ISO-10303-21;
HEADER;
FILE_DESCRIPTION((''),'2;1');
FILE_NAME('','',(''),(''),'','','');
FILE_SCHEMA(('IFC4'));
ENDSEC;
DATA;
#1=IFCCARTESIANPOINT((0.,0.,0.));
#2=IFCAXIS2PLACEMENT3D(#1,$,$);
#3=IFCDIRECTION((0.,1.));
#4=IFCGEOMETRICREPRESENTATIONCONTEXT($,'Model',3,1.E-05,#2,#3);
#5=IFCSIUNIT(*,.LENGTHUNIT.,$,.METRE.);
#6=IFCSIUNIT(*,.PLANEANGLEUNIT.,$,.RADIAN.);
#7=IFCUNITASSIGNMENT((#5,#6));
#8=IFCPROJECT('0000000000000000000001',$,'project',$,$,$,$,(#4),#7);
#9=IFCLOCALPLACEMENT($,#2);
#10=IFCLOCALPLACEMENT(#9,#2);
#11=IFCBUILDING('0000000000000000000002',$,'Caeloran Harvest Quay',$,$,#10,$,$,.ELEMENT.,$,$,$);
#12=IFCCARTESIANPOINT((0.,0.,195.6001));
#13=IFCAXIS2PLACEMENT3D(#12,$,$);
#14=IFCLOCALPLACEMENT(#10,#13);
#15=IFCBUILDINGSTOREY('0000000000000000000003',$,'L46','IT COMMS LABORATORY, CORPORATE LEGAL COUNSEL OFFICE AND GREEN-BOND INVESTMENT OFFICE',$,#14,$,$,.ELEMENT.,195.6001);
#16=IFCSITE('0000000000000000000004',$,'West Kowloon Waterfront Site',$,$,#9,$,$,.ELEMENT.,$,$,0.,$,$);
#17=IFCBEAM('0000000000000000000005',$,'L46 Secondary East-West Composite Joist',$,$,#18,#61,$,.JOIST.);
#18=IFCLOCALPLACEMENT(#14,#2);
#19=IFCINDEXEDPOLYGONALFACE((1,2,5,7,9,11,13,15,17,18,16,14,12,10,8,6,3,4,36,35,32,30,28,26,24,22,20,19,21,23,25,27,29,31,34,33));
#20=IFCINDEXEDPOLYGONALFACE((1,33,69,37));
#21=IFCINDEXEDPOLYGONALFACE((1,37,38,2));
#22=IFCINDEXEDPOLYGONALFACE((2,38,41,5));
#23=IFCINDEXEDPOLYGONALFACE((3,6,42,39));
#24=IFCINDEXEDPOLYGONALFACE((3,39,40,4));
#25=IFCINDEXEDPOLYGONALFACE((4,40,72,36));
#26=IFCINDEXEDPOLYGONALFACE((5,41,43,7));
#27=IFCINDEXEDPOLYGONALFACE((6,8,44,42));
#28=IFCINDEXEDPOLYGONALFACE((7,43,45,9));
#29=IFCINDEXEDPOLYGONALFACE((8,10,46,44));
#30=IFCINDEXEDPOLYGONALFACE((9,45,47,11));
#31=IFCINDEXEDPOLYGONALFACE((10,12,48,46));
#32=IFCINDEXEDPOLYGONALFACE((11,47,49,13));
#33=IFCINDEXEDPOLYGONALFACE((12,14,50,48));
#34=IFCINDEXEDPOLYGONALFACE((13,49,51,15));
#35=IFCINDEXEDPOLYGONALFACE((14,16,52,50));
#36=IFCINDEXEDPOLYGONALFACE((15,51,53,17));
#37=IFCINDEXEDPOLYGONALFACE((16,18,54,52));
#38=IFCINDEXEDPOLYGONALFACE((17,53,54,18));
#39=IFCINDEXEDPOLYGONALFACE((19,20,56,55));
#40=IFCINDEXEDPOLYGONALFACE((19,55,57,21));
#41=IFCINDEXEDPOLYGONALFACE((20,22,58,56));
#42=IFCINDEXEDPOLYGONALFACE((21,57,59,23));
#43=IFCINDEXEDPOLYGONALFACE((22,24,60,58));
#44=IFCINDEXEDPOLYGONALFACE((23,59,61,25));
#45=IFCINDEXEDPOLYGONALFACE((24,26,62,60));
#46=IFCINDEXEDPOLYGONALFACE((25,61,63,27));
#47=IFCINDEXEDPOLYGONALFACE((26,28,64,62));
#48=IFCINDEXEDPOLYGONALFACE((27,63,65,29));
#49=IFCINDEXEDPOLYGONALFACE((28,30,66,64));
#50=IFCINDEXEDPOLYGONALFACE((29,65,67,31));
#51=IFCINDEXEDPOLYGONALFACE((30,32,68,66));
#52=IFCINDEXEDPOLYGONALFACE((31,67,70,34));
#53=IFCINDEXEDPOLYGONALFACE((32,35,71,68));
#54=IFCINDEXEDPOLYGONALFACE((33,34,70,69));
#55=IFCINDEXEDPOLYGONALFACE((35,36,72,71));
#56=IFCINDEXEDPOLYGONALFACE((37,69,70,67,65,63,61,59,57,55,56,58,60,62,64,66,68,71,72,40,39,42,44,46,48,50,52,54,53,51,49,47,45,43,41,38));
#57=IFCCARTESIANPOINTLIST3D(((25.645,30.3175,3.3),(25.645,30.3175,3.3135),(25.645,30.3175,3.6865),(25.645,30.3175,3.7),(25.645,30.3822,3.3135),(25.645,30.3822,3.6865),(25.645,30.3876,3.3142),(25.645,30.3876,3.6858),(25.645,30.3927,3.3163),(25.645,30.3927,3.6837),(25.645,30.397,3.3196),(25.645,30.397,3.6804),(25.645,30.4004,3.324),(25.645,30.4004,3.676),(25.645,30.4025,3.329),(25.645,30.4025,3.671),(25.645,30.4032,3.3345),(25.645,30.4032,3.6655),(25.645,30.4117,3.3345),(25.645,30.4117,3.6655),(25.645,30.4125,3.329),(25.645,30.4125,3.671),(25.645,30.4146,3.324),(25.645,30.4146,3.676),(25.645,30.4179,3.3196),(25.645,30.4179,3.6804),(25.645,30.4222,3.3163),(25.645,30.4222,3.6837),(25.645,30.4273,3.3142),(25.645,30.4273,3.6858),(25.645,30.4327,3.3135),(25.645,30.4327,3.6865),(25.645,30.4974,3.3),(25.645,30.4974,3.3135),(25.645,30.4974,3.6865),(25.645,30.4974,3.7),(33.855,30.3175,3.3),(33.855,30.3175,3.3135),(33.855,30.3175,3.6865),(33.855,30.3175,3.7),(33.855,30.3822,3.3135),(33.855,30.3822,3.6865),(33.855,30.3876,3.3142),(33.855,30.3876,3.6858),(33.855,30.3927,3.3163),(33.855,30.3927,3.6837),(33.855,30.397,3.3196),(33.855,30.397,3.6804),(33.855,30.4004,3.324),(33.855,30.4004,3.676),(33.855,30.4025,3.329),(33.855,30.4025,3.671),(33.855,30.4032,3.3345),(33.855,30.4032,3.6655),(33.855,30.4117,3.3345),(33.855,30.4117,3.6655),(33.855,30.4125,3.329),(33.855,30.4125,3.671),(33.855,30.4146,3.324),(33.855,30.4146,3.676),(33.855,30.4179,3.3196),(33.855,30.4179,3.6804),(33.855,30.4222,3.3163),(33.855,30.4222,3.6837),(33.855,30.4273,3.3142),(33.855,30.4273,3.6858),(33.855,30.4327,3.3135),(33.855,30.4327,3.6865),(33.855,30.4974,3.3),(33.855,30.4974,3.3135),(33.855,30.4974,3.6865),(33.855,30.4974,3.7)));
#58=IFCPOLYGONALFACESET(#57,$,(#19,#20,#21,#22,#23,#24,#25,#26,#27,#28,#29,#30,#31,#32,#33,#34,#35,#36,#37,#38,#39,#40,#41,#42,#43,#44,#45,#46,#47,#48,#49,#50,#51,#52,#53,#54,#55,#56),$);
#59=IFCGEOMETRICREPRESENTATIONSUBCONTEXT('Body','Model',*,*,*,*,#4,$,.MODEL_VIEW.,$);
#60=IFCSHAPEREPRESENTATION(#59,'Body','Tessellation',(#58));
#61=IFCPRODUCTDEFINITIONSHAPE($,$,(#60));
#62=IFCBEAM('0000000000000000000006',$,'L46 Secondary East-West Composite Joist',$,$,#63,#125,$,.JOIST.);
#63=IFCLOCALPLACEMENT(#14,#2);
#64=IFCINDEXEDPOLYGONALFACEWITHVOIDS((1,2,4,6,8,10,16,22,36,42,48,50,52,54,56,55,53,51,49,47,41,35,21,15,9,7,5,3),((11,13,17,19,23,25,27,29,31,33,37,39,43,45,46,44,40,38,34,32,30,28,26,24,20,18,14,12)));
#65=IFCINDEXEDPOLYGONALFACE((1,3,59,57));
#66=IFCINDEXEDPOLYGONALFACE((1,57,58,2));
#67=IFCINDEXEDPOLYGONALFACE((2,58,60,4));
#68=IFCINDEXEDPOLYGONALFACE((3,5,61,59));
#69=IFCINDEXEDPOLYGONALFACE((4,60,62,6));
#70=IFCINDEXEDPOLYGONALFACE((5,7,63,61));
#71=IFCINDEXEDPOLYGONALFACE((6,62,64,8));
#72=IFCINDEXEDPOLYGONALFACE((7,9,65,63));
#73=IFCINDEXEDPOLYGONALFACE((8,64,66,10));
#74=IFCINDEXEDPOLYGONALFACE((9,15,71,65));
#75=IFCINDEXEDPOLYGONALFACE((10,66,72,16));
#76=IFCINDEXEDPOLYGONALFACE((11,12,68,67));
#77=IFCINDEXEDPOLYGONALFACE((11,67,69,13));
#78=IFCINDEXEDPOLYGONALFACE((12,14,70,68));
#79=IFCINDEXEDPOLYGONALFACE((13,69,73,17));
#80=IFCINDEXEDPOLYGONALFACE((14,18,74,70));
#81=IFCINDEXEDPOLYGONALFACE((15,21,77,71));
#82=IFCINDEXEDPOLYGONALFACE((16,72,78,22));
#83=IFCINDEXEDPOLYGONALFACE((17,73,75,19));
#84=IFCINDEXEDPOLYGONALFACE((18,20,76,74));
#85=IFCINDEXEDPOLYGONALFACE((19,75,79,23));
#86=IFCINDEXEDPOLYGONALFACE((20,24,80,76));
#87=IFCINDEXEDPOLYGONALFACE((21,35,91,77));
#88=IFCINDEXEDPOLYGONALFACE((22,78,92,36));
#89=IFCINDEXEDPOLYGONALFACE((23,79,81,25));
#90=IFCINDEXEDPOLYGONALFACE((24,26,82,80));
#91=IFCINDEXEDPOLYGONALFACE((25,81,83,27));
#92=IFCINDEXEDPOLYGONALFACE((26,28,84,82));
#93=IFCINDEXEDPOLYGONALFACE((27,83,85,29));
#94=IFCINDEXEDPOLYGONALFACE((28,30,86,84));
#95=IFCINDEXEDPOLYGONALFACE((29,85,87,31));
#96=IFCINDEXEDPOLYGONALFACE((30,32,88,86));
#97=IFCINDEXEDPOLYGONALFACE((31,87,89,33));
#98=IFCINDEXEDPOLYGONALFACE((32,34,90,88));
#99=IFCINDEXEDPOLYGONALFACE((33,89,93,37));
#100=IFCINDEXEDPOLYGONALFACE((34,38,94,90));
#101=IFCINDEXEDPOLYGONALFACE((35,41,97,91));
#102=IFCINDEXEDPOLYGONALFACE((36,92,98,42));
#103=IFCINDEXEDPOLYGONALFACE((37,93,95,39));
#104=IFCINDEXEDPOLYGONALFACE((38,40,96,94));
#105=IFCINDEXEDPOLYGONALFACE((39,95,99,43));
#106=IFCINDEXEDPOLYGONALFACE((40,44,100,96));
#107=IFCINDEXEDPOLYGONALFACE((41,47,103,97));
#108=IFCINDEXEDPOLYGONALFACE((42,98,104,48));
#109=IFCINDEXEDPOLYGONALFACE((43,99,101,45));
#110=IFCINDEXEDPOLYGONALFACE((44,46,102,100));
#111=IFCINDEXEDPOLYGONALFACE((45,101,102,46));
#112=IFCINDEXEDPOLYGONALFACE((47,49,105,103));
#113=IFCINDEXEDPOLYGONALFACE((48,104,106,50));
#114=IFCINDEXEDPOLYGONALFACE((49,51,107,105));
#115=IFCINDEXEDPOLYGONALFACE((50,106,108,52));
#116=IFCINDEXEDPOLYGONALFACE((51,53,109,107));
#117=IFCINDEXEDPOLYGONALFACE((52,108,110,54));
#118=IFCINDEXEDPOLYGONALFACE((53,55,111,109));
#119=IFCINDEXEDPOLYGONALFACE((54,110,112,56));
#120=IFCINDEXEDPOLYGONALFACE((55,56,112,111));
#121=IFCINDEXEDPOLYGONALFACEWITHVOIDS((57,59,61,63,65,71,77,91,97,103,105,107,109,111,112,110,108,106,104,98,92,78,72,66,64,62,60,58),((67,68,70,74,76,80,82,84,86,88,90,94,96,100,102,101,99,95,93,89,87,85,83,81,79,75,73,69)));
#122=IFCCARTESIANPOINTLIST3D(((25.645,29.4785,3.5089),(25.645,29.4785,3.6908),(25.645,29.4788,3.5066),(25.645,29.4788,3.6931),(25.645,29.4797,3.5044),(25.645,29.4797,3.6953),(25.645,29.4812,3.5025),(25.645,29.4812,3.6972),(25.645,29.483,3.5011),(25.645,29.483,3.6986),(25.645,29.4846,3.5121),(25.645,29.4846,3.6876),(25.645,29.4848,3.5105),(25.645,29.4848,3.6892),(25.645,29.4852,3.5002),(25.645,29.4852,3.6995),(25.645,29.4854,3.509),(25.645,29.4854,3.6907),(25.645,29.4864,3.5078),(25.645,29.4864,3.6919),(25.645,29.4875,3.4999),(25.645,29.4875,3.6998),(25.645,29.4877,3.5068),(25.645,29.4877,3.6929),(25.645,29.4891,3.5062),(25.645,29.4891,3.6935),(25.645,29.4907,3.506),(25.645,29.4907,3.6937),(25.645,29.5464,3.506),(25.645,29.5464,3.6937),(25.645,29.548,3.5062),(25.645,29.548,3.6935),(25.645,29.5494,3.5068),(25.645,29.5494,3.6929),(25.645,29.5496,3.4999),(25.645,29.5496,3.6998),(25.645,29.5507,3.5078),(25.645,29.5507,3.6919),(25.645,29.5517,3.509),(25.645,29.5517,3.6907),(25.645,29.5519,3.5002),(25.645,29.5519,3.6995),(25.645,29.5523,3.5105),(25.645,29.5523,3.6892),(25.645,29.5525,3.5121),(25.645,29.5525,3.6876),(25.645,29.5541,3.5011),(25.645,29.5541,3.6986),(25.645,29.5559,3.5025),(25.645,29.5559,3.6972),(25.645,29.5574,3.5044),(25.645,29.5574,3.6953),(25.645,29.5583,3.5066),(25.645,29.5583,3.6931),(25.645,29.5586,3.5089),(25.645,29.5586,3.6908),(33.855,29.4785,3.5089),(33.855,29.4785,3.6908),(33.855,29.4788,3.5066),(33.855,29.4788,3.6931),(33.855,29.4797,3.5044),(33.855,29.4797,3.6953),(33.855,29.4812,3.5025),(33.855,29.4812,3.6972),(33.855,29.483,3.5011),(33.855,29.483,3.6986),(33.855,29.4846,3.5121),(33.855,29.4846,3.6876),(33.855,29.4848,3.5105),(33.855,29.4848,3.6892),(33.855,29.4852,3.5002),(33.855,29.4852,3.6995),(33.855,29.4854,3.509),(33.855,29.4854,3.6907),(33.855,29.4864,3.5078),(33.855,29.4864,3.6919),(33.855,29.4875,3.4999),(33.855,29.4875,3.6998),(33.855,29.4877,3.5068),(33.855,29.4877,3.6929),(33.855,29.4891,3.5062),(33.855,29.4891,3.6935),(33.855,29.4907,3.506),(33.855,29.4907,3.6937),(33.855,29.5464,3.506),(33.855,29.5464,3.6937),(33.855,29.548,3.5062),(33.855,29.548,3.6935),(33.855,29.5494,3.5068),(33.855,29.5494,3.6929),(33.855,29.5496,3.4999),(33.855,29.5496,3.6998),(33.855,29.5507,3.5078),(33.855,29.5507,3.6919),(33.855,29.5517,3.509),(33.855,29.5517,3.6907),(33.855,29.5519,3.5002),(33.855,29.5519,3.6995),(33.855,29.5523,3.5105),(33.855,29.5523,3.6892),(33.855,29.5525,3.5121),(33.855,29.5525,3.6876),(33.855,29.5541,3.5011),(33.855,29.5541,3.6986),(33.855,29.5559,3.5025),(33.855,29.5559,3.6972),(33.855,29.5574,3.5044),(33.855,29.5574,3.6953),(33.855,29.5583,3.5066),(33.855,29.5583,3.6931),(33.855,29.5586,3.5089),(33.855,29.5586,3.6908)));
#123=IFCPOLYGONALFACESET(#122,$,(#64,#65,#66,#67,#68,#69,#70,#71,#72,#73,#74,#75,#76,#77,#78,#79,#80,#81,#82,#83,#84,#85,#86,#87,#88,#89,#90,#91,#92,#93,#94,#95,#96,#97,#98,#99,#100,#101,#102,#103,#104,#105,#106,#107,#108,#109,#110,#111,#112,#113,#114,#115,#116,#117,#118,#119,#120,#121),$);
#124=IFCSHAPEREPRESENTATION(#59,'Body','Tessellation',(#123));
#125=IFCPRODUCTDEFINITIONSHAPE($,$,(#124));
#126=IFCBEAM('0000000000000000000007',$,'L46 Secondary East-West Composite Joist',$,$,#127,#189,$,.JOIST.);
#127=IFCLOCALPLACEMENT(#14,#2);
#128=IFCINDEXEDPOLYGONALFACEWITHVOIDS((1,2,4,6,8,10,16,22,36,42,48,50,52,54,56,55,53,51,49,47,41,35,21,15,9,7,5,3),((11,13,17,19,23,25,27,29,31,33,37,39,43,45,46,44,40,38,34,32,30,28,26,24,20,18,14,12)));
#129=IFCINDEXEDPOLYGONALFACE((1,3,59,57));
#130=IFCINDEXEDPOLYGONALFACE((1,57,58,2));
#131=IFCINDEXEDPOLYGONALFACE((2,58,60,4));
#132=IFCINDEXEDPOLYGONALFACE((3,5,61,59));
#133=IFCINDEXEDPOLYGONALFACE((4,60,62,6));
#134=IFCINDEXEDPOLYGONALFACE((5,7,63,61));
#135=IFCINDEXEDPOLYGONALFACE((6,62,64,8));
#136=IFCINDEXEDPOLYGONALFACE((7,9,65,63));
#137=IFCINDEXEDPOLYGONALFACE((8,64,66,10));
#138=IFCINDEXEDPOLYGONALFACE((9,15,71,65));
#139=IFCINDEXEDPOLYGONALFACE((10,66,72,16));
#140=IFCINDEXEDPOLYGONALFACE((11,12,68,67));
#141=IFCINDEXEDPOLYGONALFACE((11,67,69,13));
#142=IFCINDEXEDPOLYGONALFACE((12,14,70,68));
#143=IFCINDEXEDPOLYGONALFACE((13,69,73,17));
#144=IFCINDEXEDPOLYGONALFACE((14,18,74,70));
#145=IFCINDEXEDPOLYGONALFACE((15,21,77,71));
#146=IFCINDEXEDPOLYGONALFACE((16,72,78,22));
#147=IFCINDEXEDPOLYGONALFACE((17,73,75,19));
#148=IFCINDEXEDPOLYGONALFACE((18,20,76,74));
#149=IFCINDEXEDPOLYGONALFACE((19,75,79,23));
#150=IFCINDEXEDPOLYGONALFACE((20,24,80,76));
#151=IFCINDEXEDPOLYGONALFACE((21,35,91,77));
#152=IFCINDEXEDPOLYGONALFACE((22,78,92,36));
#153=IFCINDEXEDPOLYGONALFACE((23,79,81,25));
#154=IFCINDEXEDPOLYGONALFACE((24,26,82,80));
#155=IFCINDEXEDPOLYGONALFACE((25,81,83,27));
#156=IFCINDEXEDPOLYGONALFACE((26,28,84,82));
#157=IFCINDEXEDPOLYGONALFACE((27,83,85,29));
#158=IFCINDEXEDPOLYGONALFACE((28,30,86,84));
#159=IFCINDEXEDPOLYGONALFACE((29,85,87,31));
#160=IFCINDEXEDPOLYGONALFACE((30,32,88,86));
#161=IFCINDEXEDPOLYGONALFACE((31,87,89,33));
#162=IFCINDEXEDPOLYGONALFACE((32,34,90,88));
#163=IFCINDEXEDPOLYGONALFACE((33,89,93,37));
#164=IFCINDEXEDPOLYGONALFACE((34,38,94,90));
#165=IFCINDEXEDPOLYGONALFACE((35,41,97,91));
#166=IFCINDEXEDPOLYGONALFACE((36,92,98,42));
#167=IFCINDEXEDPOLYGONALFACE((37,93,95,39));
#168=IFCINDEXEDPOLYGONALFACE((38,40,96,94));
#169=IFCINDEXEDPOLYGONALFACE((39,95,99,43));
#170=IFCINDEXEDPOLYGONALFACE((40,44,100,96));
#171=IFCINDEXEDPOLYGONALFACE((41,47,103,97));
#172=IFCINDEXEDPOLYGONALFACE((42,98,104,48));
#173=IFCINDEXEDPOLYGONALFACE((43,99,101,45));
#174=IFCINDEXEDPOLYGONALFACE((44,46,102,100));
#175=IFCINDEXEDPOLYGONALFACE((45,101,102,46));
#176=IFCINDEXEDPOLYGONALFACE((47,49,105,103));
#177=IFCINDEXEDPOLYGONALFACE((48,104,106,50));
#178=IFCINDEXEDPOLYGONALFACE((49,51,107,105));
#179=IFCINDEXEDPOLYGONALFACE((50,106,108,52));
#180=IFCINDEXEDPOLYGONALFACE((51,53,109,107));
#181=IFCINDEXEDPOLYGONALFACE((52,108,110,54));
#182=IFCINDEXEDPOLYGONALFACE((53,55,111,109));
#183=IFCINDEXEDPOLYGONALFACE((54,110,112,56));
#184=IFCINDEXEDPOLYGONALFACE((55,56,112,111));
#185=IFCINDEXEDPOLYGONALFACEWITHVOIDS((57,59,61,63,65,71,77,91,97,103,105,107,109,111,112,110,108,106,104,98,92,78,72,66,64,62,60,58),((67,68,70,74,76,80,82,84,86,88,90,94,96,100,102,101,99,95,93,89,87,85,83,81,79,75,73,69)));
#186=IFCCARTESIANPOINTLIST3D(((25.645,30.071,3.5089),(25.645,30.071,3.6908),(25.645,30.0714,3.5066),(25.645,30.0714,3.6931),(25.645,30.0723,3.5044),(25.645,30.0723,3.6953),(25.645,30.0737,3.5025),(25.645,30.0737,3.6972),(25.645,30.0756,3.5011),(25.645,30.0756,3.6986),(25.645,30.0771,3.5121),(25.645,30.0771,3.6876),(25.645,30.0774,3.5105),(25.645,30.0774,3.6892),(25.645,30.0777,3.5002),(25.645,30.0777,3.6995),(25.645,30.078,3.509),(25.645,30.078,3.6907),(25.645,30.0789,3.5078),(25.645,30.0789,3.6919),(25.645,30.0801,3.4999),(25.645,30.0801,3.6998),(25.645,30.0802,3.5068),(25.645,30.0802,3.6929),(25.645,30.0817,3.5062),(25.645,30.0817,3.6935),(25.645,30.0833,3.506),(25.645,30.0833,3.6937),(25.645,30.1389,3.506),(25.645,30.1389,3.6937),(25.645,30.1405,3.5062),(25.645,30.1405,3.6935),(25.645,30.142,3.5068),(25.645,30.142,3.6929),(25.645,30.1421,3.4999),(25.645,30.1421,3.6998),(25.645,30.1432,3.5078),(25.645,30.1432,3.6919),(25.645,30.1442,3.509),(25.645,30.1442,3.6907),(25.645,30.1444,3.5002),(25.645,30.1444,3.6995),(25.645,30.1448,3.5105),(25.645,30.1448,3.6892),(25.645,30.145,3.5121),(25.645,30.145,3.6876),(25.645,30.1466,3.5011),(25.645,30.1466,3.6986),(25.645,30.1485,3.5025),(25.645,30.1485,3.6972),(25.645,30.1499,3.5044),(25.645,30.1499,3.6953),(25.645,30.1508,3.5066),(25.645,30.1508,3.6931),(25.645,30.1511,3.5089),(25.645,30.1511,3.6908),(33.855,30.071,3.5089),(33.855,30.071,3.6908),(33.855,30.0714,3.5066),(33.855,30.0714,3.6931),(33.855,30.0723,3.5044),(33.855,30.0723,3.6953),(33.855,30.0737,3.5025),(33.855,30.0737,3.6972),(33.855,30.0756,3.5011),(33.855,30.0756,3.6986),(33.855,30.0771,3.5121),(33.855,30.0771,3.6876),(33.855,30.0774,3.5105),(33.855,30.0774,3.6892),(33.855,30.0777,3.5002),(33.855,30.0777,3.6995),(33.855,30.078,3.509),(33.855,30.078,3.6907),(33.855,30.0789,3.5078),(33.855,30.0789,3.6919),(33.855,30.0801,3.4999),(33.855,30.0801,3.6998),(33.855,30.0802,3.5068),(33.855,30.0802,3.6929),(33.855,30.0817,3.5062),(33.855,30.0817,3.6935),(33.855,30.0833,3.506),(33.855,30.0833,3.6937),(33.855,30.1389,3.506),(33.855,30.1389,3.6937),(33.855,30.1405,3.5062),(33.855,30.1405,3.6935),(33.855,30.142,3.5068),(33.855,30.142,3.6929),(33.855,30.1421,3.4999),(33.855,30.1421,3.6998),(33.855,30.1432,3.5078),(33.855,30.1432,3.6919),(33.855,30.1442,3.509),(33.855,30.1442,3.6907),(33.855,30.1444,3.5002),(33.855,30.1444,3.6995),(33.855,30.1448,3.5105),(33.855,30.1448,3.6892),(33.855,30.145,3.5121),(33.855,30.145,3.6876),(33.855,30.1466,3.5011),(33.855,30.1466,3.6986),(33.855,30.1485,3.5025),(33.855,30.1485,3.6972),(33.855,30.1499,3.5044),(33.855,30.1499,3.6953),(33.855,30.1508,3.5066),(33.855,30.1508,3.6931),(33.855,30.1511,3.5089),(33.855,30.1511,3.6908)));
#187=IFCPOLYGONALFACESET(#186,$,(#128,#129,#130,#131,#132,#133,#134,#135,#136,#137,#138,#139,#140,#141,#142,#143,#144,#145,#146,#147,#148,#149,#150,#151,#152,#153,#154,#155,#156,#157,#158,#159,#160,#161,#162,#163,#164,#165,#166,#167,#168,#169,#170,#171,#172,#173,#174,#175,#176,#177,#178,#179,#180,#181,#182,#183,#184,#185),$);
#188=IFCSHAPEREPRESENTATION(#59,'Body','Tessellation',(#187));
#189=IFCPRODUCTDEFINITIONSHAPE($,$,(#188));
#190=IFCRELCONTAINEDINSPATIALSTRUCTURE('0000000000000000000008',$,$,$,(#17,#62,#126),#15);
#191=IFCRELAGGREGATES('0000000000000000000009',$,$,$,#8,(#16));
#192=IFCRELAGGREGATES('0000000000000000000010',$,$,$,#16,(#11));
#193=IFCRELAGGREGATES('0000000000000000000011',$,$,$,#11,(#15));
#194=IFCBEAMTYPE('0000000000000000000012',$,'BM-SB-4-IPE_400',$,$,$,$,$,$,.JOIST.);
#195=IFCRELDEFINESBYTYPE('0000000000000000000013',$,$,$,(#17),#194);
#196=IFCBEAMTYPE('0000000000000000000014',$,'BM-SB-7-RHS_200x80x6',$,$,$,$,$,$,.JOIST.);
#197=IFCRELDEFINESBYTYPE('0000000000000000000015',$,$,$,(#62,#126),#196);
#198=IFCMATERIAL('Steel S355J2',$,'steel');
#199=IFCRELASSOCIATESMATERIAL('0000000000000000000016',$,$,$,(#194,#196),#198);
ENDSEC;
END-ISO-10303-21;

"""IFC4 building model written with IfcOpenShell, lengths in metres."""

from ifc_helpers import new_model, si_unit, direction, frame, origin, origin_2d, place, context, subcontext, project, spatial, hollow_rectangle, i_section, extrude, material, material_profile, profile_set, type_object, element, save


model = new_model("IFC4")

# Units and contexts
model_context = context("Model", 3, precision=1e-05, world=origin(), true_north=direction((0.0, 1.0)))
body_context = subcontext(model_context, "Body", "Model", "MODEL_VIEW")
ifc_project = project(units=[si_unit("LENGTHUNIT", "METRE"), si_unit("PLANEANGLEUNIT", "RADIAN")], contexts=[model_context])

# Site, building, storey
site_placement = place(None, origin())
site = spatial("IfcSite", under=ifc_project, at=site_placement, Name="West Kowloon Waterfront Site", CompositionType="ELEMENT", RefElevation=0.0)
building_placement = place(site_placement, origin())
building = spatial("IfcBuilding", under=site, at=building_placement, Name="Caeloran Harvest Quay", CompositionType="ELEMENT")
storey_placement = place(building_placement, frame((0.0, 0.0, 195.6001)))
storey = spatial("IfcBuildingStorey", under=building, at=storey_placement, Name="L46", Description="IT COMMS LABORATORY, CORPORATE LEGAL COUNSEL OFFICE AND GREEN-BOND INVESTMENT OFFICE", CompositionType="ELEMENT", Elevation=195.6001)

# Beams
ifc_material_1 = material(Name="Steel S355J2", Category="steel")
ifc_material_profile_1 = material_profile(ifc_material_1, i_section(OverallWidth=0.1799, OverallDepth=0.3999, WebThickness=0.0085, FlangeThickness=0.0134, FilletRadius=0.021, at=origin_2d()), Name="IPE 400")
ifc_profile_set_1 = profile_set([ifc_material_profile_1], Name="Steel S355J2")
beam_type_1 = type_object("IfcBeamType", Name="BM-SB-4-IPE_400", PredefinedType="JOIST", material=ifc_profile_set_1)
for number, where, z_axis, x_axis, name in (
    (1, (25.645, 30.4075, 3.5), (1.0, 0.0, 0.0), (0.0, 1.0, 0.0), "L46 Secondary East-West Composite Joist"),
):
    element("IfcBeam", number, at=place(storey_placement, frame(where, z_axis=z_axis, x_axis=x_axis)), inside=storey, type_object=beam_type_1, Name=name, PredefinedType="JOIST", context=body_context, shape_type="SweptSolid", body=[
        extrude(i_section(OverallWidth=0.1799, OverallDepth=0.3999, WebThickness=0.0085, FlangeThickness=0.0134, FilletRadius=0.021, at=origin_2d()), origin(), (0.0, 0.0, 1.0), 8.21),
    ])
ifc_material_profile_2 = material_profile(ifc_material_1, hollow_rectangle(XDim=0.0801, YDim=0.2, WallThickness=0.0061, InnerFilletRadius=0.0061, OuterFilletRadius=0.009, at=origin_2d()), Name="RHS 200x80x6")
ifc_profile_set_2 = profile_set([ifc_material_profile_2], Name="Steel S355J2")
beam_type_2 = type_object("IfcBeamType", Name="BM-SB-7-RHS_200x80x6", PredefinedType="JOIST", material=ifc_profile_set_2)
for number, where, z_axis, x_axis, name in (
    (2, (25.645, 29.5186, 3.5999), (1.0, 0.0, 0.0), (0.0, 1.0, 0.0), "L46 Secondary East-West Composite Joist"),
    (3, (25.645, 30.1111, 3.5999), (1.0, 0.0, 0.0), (0.0, 1.0, 0.0), "L46 Secondary East-West Composite Joist"),
):
    element("IfcBeam", number, at=place(storey_placement, frame(where, z_axis=z_axis, x_axis=x_axis)), inside=storey, type_object=beam_type_2, Name=name, PredefinedType="JOIST", context=body_context, shape_type="SweptSolid", body=[
        extrude(hollow_rectangle(XDim=0.0801, YDim=0.2, WallThickness=0.0061, InnerFilletRadius=0.0061, OuterFilletRadius=0.009, at=origin_2d()), origin(), (0.0, 0.0, 1.0), 8.21),
    ])

save(model, "model.ifc")
